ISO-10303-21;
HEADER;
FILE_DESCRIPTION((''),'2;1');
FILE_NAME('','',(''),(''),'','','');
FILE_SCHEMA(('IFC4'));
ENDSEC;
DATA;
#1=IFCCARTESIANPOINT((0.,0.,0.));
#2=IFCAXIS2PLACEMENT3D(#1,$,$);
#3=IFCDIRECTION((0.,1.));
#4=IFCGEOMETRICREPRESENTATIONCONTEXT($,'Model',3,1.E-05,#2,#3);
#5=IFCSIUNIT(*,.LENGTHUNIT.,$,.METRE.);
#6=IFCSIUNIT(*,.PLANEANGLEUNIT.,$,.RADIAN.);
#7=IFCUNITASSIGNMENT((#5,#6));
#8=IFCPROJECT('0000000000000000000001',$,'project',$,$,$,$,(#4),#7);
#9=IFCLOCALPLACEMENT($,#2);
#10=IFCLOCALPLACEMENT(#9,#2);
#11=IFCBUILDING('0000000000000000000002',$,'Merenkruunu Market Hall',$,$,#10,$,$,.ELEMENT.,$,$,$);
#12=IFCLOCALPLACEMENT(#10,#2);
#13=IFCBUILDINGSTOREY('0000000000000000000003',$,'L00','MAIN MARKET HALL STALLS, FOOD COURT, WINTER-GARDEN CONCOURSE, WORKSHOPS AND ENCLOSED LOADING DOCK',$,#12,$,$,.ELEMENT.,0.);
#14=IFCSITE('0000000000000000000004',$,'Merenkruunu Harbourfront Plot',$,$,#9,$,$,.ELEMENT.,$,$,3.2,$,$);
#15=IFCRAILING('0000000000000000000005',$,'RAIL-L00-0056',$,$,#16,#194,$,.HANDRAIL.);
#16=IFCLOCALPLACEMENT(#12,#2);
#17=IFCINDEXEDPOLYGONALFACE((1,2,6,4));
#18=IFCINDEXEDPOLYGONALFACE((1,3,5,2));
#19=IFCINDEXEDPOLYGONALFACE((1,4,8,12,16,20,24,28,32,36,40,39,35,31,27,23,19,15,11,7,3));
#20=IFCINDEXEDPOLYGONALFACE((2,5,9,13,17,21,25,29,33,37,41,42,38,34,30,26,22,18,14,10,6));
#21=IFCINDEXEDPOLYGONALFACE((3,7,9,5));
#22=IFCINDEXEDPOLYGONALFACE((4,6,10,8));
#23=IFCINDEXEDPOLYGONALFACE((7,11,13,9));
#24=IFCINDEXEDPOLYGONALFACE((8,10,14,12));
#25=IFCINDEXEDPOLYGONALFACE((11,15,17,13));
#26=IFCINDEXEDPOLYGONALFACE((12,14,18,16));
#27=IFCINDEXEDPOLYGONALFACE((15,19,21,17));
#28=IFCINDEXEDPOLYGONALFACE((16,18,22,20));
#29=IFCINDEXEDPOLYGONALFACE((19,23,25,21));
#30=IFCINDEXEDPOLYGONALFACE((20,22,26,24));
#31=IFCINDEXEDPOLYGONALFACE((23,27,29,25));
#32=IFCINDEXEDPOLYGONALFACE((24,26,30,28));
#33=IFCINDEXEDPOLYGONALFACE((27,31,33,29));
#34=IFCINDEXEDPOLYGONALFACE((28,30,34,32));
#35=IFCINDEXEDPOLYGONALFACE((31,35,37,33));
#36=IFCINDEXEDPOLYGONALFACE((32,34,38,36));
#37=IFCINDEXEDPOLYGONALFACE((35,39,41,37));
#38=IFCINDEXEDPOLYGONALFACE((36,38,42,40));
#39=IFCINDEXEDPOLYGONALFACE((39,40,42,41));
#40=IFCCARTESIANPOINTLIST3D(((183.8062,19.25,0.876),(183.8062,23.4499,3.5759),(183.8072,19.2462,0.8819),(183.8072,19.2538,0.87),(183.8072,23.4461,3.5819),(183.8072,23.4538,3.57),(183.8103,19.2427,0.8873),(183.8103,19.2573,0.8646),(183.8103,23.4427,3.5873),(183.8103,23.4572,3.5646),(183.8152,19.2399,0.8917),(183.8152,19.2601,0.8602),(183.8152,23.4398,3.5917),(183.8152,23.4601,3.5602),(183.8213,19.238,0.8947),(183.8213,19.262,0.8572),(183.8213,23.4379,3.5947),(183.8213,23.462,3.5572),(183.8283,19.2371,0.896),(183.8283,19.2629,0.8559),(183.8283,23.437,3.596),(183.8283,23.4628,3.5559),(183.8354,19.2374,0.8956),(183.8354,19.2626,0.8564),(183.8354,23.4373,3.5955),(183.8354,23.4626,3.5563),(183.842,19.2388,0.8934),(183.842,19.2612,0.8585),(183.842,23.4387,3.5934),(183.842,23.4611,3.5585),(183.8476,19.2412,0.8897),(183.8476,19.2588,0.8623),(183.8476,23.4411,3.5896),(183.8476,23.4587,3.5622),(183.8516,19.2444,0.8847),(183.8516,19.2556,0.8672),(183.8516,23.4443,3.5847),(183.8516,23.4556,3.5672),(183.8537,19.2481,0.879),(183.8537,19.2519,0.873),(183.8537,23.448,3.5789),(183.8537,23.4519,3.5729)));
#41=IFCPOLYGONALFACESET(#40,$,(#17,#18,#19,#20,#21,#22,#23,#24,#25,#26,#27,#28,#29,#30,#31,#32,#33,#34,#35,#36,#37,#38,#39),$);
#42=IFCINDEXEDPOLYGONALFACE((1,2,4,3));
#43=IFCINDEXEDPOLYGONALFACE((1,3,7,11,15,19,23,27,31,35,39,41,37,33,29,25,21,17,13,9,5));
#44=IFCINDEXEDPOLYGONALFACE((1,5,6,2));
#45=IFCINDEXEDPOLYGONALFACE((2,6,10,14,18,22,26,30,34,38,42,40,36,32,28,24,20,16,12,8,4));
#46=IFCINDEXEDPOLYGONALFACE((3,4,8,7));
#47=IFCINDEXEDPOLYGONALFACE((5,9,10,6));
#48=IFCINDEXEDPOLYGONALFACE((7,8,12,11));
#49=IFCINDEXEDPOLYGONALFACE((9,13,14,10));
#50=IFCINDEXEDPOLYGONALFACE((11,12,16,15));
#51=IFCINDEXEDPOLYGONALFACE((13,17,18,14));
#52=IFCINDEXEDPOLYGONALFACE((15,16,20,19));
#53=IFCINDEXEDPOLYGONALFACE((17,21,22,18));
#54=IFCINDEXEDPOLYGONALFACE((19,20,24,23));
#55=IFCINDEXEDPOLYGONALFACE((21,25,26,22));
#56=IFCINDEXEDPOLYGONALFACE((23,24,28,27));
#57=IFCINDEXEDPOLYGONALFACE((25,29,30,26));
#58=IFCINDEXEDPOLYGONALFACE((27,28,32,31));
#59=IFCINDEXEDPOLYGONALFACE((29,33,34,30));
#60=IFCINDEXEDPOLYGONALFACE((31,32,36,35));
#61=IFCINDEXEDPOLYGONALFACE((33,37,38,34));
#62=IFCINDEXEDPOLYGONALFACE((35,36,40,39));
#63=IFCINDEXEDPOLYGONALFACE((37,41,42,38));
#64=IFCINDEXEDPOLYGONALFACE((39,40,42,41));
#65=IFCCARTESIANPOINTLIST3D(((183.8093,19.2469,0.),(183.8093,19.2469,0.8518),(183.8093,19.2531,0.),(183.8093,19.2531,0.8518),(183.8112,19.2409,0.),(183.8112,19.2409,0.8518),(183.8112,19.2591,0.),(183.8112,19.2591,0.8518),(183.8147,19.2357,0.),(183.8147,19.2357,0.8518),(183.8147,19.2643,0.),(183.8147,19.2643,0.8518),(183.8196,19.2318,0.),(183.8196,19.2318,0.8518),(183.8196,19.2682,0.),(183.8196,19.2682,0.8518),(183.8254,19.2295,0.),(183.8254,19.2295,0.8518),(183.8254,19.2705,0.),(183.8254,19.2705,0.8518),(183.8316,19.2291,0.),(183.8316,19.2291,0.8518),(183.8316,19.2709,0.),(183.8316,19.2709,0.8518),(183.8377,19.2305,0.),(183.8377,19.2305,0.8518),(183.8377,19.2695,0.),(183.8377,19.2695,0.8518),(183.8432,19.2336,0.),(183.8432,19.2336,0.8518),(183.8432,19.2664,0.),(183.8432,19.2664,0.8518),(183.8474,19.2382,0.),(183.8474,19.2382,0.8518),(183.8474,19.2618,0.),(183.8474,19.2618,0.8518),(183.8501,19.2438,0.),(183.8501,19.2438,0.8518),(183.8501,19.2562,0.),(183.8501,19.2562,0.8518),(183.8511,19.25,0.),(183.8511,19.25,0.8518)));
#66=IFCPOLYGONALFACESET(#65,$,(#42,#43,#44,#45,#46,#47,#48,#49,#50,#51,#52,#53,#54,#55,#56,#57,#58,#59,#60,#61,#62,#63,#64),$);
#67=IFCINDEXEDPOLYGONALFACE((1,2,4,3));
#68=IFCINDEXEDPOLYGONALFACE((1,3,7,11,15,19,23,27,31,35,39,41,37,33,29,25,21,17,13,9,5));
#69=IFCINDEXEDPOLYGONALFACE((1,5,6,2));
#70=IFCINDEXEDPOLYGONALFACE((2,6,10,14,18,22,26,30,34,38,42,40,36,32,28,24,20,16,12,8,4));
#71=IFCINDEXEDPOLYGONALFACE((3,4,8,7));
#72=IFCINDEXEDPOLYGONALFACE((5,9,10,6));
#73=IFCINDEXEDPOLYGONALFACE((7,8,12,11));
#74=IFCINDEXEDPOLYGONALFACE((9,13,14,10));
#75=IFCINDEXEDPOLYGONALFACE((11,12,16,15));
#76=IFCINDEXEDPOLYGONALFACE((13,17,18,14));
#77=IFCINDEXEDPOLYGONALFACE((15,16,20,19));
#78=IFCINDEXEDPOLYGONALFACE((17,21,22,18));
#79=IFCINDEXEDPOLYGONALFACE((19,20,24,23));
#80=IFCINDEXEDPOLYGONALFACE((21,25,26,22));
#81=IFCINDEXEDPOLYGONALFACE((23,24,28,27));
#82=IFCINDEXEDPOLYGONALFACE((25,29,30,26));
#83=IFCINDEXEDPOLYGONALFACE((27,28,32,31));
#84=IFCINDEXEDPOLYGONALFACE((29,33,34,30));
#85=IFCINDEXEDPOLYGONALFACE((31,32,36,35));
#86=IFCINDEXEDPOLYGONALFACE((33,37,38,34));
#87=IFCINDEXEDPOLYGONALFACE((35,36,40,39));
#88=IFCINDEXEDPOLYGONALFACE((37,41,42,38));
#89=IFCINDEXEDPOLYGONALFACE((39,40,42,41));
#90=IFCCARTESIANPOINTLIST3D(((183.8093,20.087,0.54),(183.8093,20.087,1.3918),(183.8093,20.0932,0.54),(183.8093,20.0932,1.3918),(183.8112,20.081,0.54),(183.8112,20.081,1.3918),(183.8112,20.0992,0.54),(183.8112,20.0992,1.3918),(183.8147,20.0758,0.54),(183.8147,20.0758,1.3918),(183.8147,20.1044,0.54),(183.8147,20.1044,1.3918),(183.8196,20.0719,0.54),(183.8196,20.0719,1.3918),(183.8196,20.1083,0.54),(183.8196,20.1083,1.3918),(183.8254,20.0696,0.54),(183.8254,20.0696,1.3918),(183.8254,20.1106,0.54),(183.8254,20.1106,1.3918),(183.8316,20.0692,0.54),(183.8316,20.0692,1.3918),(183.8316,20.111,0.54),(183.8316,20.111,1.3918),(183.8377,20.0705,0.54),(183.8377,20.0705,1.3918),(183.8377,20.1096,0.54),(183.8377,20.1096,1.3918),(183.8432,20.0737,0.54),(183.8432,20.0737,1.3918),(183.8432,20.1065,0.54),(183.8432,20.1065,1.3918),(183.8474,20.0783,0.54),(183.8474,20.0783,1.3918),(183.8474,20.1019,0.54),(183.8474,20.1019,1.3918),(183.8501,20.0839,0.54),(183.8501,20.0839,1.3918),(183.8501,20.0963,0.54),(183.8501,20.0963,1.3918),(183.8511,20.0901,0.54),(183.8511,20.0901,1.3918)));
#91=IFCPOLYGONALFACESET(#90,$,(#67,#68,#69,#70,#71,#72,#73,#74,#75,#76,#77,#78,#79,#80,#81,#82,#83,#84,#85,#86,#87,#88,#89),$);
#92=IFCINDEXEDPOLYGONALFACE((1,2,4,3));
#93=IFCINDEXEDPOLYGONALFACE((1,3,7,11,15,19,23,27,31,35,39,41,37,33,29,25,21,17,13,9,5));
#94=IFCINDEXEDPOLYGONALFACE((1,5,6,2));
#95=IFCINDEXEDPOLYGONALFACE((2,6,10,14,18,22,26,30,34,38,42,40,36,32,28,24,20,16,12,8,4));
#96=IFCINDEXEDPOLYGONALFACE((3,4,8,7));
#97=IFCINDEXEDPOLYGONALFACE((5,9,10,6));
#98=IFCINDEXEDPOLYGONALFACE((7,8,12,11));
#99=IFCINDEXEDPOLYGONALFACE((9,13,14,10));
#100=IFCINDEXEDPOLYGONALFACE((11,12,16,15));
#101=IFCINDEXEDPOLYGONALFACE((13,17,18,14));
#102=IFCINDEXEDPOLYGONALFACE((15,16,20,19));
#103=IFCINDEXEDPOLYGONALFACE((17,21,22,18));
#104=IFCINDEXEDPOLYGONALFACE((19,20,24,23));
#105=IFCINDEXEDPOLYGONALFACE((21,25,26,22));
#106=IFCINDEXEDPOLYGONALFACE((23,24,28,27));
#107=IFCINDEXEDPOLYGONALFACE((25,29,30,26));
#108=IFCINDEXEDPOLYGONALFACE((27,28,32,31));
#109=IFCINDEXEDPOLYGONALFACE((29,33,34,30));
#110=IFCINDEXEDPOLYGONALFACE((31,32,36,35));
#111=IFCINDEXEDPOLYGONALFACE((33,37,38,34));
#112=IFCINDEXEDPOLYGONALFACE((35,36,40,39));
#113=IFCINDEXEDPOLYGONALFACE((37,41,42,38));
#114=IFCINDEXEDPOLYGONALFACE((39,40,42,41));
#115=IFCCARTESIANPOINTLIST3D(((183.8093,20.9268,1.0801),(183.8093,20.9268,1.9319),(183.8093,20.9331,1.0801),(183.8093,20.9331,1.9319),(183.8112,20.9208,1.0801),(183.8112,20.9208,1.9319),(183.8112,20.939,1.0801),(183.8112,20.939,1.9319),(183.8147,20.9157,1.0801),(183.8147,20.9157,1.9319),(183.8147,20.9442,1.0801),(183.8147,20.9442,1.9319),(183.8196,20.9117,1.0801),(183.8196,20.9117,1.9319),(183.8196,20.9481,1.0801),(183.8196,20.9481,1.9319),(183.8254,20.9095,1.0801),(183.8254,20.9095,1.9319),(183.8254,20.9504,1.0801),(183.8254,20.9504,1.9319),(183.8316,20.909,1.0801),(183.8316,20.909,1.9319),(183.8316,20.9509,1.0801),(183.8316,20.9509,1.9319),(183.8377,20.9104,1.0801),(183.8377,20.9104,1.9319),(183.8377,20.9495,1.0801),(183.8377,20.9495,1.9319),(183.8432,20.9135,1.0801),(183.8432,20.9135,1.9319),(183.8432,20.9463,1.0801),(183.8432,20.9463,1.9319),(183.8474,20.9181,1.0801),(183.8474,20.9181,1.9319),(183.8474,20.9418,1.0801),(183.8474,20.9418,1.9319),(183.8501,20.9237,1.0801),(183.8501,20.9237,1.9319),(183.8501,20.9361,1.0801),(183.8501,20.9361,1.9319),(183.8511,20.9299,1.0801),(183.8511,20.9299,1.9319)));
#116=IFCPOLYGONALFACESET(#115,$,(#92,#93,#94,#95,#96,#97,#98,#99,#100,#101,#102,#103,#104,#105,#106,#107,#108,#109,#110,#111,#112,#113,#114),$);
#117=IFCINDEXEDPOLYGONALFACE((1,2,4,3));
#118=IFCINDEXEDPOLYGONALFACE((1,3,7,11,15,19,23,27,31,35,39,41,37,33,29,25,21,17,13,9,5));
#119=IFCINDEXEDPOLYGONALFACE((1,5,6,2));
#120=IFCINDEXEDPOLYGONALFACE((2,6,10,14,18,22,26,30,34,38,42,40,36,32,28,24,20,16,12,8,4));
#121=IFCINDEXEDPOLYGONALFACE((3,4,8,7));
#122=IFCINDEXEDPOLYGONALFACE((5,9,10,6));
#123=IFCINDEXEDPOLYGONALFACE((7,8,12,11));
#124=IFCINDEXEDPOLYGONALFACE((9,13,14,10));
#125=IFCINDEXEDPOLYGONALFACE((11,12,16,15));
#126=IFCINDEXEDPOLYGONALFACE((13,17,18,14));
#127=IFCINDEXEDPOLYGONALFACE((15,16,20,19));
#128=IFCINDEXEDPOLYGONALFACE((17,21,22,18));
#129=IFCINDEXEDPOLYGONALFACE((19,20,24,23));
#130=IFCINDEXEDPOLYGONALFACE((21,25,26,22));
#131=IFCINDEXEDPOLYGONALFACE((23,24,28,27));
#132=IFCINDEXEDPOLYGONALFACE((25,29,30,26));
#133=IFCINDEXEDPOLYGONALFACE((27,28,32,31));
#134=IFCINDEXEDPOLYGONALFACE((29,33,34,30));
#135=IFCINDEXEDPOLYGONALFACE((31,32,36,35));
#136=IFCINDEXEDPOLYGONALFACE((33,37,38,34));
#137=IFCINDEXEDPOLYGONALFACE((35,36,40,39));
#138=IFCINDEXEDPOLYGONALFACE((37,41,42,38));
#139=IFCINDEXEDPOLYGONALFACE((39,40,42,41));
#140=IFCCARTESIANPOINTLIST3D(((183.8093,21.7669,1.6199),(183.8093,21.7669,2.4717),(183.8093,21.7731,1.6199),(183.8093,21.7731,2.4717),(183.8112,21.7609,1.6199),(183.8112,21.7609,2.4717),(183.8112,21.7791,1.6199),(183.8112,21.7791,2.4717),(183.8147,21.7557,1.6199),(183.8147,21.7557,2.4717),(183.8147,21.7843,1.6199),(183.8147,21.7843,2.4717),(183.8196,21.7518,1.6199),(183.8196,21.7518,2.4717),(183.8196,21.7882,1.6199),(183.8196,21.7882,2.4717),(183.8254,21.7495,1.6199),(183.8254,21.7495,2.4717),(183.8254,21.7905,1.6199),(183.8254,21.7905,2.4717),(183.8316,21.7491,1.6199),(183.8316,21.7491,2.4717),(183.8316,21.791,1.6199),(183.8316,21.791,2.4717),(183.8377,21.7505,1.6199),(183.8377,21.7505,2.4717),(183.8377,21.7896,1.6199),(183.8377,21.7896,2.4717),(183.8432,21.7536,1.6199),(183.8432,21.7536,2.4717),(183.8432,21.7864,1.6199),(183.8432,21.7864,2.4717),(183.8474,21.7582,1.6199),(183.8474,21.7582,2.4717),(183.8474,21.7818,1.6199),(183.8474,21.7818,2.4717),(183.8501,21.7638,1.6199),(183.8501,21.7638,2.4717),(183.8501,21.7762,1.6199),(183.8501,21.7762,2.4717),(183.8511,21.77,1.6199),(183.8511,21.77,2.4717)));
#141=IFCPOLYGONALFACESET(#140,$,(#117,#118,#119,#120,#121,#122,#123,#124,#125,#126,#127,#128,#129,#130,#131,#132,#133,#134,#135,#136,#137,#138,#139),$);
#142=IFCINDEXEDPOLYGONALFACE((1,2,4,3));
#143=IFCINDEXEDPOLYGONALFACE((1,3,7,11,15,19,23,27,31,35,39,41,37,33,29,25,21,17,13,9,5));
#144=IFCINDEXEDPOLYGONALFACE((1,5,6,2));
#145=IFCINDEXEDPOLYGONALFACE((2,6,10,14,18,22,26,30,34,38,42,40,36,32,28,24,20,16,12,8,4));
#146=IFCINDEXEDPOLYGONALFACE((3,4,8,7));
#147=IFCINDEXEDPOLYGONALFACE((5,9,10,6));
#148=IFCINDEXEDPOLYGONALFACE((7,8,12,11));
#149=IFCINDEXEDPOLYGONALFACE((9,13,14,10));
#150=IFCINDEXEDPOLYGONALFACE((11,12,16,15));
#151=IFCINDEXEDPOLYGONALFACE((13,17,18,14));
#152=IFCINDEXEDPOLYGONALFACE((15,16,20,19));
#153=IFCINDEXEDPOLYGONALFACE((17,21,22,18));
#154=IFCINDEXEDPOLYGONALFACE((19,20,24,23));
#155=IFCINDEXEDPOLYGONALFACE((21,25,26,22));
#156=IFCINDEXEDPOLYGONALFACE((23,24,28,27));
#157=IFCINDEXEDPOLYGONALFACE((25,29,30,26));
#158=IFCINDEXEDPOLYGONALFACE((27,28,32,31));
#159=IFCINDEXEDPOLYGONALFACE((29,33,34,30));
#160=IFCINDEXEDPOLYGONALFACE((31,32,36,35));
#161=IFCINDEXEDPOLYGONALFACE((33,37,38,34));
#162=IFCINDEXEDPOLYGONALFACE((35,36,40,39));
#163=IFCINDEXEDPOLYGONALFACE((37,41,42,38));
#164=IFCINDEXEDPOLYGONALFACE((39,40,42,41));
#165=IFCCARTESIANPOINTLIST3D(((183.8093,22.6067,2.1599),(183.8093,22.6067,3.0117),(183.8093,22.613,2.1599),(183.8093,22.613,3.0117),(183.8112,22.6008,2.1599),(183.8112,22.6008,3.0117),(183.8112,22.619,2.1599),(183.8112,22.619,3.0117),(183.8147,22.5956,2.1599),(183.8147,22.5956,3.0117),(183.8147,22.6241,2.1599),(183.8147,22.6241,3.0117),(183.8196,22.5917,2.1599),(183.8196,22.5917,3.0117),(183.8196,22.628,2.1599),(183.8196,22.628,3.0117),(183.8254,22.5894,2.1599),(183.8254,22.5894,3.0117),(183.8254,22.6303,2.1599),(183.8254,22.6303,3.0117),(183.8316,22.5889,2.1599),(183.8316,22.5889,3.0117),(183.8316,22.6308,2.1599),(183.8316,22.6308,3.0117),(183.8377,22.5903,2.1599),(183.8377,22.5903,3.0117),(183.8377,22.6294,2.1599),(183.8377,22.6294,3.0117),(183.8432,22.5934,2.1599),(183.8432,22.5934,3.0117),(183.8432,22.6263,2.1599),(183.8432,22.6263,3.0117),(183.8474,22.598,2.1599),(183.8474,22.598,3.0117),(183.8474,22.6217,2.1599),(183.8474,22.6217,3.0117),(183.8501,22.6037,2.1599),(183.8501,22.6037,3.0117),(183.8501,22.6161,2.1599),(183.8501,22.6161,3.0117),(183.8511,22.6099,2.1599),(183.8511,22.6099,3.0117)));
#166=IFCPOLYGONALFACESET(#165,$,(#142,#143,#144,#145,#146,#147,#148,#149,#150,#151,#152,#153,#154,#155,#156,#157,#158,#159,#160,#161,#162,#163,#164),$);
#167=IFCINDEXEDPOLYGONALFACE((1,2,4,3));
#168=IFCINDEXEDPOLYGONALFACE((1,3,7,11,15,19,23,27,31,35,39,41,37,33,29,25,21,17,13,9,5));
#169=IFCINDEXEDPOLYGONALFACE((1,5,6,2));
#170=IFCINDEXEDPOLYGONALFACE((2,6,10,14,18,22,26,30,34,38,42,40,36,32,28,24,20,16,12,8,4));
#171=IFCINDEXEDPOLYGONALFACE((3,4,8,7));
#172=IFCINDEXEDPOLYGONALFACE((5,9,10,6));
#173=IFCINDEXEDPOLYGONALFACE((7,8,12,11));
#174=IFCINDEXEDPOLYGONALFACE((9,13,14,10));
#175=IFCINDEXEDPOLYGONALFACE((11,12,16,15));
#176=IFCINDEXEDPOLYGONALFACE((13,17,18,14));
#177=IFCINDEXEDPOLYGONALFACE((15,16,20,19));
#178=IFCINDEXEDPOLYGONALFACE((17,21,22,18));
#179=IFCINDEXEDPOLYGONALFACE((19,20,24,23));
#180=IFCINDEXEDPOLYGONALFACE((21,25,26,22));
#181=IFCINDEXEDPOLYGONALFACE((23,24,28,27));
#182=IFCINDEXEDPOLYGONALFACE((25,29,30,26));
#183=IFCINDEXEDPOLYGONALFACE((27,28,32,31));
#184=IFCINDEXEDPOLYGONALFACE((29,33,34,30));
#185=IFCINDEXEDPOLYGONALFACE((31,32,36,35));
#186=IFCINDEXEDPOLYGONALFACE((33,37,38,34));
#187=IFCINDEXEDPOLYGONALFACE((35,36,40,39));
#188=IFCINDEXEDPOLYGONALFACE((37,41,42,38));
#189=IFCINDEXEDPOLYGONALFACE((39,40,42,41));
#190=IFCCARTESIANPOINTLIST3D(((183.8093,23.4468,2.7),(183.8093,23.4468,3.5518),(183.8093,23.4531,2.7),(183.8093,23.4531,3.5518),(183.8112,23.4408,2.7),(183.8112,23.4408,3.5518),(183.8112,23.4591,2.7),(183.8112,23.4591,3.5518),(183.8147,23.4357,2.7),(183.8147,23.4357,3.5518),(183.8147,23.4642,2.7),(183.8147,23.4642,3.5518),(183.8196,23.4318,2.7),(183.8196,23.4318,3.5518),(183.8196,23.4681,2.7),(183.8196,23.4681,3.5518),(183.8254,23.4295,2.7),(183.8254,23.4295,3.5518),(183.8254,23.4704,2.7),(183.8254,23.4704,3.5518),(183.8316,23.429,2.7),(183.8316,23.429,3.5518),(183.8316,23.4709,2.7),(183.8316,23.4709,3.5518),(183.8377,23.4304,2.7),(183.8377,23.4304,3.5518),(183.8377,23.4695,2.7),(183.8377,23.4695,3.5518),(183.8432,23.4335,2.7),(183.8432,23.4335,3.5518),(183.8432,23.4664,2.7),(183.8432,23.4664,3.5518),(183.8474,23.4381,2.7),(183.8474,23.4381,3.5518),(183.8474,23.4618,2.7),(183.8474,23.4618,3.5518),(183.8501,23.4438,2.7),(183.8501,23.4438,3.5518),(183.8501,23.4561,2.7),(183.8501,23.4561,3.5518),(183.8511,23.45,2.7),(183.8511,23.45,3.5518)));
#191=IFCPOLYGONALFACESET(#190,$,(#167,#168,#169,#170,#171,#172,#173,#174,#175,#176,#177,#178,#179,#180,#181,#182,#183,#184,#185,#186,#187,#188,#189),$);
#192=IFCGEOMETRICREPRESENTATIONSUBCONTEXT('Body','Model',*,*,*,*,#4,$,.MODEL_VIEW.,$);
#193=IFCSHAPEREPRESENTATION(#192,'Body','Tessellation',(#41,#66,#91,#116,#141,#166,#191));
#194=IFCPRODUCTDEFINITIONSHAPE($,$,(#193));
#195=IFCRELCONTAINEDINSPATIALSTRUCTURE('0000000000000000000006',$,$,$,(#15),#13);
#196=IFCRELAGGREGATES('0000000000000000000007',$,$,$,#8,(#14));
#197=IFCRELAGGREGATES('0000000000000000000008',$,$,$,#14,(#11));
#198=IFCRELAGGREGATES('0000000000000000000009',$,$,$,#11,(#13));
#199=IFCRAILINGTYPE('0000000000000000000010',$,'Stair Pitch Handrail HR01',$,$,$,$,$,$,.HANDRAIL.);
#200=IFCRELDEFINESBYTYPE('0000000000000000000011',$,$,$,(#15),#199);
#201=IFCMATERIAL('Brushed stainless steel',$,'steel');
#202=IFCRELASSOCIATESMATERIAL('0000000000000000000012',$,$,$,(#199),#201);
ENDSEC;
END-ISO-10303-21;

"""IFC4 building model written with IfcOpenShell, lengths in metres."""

from ifc_helpers import new_model, si_unit, direction, frame, origin, origin_2d, place, context, subcontext, project, spatial, circle, extrude, material, type_object, element, save


model = new_model("IFC4")

# Units and contexts
model_context = context("Model", 3, precision=1e-05, world=origin(), true_north=direction((0.0, 1.0)))
body_context = subcontext(model_context, "Body", "Model", "MODEL_VIEW")
ifc_project = project(units=[si_unit("LENGTHUNIT", "METRE"), si_unit("PLANEANGLEUNIT", "RADIAN")], contexts=[model_context])

# Site, building, storey
site_placement = place(None, origin())
site = spatial("IfcSite", under=ifc_project, at=site_placement, Name="Merenkruunu Harbourfront Plot", CompositionType="ELEMENT", RefElevation=3.2)
building_placement = place(site_placement, origin())
building = spatial("IfcBuilding", under=site, at=building_placement, Name="Merenkruunu Market Hall", CompositionType="ELEMENT")
storey_placement = place(building_placement, origin())
storey = spatial("IfcBuildingStorey", under=building, at=storey_placement, Name="L00", Description="MAIN MARKET HALL STALLS, FOOD COURT, WINTER-GARDEN CONCOURSE, WORKSHOPS AND ENCLOSED LOADING DOCK", CompositionType="ELEMENT", Elevation=0.0)

# Railing
ifc_material_1 = material(Name="Brushed stainless steel", Category="steel")
railing_type_1 = type_object("IfcRailingType", Name="Stair Pitch Handrail HR01", PredefinedType="HANDRAIL", material=ifc_material_1)
railing_1_placement = place(storey_placement, frame((183.8301, 19.25, 0.0)))
element("IfcRailing", 1, at=railing_1_placement, inside=storey, type_object=railing_type_1, Name="RAIL-L00-0056", PredefinedType="HANDRAIL", context=body_context, shape_type="SweptSolid", body=[
    extrude(circle(Radius=0.0239, at=origin_2d()), frame((0.0, 0.0, 0.876), z_axis=(0.0, 0.84118, 0.540755), x_axis=(-1.0, 0.0, 0.0)), (0.0, 0.0, 1.0), 4.9929),
    extrude(circle(Radius=0.021, at=origin_2d()), origin(), (0.0, 0.0, 1.0), 0.8518),
    extrude(circle(Radius=0.021, at=origin_2d()), frame((0.0, 0.8401, 0.54)), (0.0, 0.0, 1.0), 0.8518),
    extrude(circle(Radius=0.021, at=origin_2d()), frame((0.0, 1.6799, 1.0801)), (0.0, 0.0, 1.0), 0.8518),
    extrude(circle(Radius=0.021, at=origin_2d()), frame((0.0, 2.52, 1.6199)), (0.0, 0.0, 1.0), 0.8518),
    extrude(circle(Radius=0.021, at=origin_2d()), frame((0.0, 3.3599, 2.1599)), (0.0, 0.0, 1.0), 0.8518),
    extrude(circle(Radius=0.021, at=origin_2d()), frame((0.0, 4.2, 2.7)), (0.0, 0.0, 1.0), 0.8518),
])

save(model, "model.ifc")
